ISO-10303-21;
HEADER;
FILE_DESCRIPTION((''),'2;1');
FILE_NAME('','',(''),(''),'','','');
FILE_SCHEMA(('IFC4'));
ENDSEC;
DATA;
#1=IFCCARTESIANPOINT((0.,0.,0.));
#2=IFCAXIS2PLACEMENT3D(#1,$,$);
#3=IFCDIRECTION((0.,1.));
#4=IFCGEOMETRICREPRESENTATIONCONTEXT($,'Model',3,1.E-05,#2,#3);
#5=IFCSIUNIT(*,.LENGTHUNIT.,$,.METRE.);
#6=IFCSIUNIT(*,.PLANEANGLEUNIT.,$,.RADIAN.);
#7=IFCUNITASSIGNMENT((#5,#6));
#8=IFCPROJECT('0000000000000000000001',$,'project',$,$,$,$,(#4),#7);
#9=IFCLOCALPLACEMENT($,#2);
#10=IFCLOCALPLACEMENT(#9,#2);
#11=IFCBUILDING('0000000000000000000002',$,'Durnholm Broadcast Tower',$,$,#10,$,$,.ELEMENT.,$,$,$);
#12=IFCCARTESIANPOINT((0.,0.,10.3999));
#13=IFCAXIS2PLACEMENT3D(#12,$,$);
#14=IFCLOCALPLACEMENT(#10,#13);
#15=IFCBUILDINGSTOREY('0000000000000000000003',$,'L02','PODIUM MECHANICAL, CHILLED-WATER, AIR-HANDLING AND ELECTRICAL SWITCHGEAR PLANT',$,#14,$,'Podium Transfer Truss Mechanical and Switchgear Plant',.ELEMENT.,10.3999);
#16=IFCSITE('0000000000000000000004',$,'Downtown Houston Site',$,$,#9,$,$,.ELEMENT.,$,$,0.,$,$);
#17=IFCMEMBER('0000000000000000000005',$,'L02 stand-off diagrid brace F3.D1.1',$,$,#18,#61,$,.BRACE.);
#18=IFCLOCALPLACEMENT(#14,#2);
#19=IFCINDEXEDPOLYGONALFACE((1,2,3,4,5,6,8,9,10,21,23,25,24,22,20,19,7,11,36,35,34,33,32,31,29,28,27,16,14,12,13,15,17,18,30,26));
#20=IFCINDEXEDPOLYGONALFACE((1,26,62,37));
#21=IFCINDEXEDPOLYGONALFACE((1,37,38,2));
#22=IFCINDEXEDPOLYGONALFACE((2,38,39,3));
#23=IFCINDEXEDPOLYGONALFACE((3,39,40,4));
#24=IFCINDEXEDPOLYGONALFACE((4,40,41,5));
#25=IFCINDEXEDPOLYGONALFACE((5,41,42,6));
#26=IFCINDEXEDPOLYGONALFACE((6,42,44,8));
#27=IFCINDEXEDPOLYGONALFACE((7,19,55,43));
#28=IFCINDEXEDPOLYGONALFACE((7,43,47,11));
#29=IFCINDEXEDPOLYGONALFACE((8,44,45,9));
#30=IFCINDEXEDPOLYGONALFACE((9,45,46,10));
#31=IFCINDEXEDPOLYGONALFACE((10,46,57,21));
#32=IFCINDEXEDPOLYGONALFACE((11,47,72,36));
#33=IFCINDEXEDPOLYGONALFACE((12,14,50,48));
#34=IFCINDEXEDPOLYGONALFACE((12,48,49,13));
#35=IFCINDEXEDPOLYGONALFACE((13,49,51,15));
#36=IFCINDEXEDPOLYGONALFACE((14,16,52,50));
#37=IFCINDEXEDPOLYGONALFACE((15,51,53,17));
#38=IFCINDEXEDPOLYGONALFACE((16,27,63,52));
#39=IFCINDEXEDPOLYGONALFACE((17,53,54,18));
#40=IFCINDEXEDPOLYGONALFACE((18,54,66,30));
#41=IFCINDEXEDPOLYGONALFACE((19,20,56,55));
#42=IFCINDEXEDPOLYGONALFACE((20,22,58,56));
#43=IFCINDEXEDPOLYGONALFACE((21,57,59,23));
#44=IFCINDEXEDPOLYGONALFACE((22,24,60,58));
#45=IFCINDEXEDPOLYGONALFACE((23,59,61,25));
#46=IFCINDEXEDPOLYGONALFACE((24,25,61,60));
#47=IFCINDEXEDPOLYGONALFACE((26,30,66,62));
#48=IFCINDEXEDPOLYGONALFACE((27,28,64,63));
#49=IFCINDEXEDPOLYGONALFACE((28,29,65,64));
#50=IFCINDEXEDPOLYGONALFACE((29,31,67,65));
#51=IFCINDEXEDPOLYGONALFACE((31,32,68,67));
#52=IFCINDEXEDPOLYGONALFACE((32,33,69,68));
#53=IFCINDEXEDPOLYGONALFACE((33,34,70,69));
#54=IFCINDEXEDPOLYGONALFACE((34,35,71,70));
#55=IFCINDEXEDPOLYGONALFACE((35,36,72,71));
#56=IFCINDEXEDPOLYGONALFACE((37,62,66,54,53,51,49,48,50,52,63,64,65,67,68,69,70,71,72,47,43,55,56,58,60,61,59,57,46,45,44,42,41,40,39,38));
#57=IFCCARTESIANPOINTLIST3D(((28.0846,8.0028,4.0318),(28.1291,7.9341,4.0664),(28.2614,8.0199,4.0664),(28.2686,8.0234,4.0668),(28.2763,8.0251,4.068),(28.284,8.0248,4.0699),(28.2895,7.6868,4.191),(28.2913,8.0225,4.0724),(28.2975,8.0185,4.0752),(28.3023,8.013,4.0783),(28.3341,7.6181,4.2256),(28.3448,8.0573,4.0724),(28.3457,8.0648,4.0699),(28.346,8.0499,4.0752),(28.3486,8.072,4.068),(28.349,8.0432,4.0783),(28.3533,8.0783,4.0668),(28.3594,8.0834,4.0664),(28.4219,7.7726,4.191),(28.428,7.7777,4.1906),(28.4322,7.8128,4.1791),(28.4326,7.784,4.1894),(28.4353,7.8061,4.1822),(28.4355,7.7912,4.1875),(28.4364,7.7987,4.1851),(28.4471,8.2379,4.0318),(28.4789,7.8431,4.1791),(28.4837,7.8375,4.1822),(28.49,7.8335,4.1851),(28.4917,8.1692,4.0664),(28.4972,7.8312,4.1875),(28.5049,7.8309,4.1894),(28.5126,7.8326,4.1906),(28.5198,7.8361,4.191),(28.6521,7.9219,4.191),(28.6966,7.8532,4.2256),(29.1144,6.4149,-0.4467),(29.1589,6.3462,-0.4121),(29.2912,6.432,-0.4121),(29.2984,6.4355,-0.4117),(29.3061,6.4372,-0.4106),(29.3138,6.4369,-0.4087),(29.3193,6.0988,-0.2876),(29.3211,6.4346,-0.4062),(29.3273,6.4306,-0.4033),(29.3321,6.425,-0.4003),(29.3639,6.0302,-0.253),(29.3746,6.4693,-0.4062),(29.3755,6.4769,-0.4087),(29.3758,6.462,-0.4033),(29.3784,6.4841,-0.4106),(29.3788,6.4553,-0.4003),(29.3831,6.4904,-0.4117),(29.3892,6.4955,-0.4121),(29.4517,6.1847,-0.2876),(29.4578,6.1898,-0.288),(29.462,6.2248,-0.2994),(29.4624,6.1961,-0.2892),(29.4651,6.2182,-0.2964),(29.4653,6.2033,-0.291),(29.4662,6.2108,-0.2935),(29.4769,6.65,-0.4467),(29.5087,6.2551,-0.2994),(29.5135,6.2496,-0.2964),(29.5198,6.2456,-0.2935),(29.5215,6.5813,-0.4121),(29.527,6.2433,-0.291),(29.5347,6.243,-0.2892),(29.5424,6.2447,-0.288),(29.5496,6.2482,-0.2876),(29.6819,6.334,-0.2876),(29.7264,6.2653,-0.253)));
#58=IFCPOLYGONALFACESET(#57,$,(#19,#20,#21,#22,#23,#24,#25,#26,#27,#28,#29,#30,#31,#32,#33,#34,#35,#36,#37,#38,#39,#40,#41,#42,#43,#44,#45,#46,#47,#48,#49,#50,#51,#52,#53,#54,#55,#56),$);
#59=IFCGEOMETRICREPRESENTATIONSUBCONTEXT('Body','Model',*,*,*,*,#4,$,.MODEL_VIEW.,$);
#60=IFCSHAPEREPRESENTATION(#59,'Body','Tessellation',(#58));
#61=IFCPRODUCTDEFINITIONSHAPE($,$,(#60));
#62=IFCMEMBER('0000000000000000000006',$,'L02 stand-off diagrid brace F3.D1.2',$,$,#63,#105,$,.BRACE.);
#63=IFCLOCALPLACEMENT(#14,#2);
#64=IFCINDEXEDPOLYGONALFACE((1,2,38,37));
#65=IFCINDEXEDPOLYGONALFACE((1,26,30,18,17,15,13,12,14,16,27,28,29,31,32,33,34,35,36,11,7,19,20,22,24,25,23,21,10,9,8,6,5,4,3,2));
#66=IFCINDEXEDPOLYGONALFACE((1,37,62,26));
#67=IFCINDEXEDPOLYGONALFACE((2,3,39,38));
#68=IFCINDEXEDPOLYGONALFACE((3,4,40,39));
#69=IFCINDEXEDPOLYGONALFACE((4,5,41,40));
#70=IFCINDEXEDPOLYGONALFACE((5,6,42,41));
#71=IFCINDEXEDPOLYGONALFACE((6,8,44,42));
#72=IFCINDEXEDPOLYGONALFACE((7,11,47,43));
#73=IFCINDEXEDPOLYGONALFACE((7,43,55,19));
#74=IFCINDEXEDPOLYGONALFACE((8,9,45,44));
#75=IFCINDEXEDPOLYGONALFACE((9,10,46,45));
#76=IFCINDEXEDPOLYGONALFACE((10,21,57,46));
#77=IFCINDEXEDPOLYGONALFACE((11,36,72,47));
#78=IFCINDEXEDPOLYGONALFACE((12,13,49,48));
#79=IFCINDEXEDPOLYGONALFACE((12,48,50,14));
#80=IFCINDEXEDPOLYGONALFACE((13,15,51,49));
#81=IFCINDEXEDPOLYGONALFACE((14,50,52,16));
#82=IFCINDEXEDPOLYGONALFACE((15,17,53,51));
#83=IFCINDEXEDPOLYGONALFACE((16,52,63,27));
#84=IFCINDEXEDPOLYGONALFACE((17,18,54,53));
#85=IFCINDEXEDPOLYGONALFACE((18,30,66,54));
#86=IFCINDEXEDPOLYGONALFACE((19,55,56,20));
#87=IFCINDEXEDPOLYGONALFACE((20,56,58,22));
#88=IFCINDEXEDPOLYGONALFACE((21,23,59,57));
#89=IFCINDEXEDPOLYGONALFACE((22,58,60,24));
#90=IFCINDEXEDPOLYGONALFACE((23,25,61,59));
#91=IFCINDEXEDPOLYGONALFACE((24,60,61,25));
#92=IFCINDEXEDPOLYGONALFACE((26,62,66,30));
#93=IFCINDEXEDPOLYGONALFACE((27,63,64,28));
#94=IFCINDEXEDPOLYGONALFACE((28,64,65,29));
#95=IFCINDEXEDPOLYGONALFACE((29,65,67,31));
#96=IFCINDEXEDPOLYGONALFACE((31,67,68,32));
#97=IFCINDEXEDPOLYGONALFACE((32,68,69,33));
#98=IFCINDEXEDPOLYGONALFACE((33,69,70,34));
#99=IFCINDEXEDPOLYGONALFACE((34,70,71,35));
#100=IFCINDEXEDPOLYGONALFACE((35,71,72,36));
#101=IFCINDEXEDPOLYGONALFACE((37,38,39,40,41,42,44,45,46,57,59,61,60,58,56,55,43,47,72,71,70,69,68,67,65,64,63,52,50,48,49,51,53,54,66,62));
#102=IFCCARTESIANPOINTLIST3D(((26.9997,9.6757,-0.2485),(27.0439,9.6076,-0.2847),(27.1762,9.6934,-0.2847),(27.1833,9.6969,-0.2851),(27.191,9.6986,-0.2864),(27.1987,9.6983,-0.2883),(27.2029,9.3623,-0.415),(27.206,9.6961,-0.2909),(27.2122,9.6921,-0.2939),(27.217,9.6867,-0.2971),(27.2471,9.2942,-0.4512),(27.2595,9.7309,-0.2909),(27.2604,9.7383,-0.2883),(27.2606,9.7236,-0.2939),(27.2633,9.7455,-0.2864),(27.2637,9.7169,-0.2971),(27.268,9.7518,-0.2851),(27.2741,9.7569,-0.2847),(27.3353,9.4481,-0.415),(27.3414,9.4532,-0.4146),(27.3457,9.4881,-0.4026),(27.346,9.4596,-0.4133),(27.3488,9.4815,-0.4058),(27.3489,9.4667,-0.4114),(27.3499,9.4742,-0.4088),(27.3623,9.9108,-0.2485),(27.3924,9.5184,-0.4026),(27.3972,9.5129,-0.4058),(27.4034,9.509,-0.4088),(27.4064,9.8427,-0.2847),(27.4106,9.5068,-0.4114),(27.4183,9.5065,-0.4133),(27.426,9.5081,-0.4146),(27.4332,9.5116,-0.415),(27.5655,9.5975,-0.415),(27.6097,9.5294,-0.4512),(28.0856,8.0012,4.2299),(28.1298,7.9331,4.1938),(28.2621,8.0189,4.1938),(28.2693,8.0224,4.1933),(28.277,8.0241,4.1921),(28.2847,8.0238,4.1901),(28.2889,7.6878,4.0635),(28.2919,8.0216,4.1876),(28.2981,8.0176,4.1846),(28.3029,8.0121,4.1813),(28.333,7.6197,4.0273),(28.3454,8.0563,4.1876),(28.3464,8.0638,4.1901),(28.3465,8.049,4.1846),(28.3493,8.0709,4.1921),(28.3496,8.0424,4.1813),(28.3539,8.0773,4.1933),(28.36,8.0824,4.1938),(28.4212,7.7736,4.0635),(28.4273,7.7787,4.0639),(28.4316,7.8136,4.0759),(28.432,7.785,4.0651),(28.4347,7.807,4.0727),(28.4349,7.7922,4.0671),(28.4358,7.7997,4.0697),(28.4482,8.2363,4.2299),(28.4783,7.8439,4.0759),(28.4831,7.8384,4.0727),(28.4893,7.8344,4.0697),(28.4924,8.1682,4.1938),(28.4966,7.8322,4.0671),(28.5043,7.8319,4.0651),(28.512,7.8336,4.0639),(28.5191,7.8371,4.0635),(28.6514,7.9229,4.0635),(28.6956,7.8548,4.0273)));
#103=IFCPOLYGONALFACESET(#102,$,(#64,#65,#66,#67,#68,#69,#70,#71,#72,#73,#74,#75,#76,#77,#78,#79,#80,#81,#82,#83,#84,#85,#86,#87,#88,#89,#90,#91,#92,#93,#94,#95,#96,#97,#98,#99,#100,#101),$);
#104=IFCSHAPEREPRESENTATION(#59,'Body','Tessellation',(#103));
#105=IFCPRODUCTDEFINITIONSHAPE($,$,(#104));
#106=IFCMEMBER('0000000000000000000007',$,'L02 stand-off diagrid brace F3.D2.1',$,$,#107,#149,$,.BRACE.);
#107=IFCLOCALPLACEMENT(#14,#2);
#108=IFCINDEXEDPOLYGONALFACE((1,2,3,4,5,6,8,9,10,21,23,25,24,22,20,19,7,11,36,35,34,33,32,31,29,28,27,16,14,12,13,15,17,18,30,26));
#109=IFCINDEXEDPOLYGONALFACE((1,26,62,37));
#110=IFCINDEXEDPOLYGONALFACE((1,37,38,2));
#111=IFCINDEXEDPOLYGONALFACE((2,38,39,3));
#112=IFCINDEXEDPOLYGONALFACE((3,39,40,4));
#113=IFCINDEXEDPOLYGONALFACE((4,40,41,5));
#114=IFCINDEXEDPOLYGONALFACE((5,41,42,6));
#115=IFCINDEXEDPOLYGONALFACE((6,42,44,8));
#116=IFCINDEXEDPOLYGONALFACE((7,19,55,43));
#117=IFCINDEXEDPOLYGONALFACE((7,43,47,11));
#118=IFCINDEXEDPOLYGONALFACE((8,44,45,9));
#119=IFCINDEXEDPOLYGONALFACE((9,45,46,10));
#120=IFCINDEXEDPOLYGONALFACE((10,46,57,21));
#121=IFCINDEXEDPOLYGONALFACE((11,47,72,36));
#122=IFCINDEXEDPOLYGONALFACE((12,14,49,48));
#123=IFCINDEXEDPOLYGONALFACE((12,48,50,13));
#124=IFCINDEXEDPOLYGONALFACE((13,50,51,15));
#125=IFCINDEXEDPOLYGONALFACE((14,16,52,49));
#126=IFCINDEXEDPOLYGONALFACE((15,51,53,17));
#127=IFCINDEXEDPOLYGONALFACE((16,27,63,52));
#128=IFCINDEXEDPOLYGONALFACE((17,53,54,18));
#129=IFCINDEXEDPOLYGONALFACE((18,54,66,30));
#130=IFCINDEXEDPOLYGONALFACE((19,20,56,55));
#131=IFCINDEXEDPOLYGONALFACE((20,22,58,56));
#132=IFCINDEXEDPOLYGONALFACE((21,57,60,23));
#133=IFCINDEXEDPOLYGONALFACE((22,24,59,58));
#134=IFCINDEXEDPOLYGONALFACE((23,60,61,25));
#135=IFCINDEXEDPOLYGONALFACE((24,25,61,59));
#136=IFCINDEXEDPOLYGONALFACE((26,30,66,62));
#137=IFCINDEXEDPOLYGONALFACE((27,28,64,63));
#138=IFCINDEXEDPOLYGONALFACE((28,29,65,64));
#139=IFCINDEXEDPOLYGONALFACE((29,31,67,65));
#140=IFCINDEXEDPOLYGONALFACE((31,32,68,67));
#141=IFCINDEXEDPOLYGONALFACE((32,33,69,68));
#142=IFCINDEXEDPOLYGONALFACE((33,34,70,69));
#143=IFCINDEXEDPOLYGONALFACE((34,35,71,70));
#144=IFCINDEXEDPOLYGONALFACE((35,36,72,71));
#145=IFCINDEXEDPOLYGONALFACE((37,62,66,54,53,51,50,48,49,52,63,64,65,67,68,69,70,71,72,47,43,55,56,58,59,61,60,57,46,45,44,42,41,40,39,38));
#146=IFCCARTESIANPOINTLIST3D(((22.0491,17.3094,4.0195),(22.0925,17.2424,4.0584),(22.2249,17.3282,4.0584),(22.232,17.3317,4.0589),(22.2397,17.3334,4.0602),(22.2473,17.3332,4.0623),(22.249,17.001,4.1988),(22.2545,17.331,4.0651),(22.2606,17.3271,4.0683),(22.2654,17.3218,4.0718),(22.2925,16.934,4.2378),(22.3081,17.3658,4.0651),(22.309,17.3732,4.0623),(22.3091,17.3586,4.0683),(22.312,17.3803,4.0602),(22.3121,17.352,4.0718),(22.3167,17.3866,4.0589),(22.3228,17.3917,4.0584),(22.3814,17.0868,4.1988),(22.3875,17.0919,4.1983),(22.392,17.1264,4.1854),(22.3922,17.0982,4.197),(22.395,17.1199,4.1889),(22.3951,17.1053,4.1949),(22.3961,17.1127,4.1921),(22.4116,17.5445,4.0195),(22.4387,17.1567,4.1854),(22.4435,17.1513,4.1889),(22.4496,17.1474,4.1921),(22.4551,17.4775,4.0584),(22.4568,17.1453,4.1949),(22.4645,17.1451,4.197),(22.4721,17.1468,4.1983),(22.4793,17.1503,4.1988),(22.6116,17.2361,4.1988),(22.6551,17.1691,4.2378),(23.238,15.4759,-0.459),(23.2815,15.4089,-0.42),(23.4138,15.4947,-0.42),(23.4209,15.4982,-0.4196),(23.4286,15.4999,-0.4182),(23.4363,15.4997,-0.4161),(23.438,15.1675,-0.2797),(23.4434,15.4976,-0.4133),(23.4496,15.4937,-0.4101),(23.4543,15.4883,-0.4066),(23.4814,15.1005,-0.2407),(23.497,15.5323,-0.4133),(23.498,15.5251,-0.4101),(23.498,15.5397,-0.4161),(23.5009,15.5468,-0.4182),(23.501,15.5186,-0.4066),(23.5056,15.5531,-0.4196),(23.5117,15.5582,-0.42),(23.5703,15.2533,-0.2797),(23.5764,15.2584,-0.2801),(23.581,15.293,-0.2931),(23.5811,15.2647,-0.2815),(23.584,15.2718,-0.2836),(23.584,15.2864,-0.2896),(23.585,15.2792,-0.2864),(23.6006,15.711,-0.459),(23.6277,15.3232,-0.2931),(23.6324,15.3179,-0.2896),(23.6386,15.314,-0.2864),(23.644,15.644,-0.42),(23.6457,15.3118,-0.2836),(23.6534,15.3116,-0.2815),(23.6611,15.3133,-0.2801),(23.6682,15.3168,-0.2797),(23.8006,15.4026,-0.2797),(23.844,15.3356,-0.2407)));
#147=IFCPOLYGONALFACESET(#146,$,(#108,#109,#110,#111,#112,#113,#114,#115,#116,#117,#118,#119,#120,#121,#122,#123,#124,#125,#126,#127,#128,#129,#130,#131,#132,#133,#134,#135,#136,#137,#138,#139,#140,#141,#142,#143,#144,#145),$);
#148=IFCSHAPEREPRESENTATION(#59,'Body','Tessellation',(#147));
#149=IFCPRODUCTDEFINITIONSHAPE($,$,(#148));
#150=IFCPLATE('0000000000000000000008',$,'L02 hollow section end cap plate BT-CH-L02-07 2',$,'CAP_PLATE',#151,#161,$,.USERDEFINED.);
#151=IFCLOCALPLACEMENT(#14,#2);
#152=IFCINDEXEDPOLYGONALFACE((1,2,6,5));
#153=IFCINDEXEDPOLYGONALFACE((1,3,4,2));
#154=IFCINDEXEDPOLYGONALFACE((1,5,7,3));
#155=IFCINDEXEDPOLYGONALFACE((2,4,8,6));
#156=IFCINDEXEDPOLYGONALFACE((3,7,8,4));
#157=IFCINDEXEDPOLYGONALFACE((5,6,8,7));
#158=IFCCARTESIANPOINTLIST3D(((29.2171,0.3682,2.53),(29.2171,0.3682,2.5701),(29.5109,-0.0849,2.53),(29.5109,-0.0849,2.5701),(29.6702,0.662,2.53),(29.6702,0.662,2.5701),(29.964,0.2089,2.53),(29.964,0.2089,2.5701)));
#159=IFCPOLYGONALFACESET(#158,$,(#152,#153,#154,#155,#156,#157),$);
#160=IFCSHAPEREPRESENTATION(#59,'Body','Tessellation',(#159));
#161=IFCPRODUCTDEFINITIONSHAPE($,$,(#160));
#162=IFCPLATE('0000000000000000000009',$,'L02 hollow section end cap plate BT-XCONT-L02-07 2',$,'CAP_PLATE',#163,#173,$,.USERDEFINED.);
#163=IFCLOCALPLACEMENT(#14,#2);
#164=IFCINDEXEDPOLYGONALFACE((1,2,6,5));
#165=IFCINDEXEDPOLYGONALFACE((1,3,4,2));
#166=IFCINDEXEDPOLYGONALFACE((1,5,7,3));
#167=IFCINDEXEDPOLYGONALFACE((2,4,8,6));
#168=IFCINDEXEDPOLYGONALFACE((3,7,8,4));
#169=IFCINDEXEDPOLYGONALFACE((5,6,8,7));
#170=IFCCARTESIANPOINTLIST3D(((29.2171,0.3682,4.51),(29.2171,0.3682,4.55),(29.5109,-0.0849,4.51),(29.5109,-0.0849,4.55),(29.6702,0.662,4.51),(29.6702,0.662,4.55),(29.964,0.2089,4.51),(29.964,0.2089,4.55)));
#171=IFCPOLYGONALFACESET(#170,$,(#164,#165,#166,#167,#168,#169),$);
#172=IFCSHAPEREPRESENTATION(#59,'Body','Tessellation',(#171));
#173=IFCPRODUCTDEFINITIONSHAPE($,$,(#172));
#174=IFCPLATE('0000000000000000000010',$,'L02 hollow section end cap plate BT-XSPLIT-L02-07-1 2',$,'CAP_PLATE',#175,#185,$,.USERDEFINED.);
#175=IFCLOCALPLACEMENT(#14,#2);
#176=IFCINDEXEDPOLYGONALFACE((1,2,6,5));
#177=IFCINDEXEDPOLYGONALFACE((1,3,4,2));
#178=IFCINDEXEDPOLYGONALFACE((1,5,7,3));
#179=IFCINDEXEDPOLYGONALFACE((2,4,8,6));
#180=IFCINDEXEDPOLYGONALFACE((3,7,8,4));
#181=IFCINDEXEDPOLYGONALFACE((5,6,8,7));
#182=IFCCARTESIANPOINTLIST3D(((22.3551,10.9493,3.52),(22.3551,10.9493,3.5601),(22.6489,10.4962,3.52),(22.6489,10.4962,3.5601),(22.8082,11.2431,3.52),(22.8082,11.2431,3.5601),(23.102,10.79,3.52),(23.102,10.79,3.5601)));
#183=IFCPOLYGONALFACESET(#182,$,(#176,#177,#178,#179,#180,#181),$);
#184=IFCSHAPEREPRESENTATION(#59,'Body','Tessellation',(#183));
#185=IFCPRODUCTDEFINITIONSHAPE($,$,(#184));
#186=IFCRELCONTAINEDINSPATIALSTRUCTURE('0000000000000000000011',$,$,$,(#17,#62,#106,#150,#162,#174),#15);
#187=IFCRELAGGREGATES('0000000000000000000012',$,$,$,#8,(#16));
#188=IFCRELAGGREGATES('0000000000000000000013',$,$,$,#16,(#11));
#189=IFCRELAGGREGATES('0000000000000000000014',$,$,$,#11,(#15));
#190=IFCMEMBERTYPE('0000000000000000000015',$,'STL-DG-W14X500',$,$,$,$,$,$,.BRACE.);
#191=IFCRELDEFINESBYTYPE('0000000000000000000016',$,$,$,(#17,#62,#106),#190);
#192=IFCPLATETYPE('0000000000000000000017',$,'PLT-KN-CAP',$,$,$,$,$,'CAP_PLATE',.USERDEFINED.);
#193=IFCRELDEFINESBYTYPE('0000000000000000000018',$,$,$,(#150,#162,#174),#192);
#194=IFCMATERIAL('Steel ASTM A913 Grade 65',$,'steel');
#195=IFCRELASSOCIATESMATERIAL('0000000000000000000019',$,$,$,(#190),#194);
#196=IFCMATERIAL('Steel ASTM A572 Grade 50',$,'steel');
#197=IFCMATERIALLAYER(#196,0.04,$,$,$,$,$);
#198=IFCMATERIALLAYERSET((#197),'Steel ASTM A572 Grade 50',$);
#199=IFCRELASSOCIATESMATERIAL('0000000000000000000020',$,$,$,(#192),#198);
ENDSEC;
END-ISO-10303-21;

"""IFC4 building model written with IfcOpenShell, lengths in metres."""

from ifc_helpers import new_model, si_unit, direction, frame, origin, origin_2d, place, context, subcontext, project, spatial, rectangle, i_section, extrude, source, transform, mapped, material, layer, layer_set, material_profile, profile_set, type_object, type_shapes, element, save


model = new_model("IFC4")

# Units and contexts
model_context = context("Model", 3, precision=1e-05, world=origin(), true_north=direction((0.0, 1.0)))
body_context = subcontext(model_context, "Body", "Model", "MODEL_VIEW")
ifc_project = project(units=[si_unit("LENGTHUNIT", "METRE"), si_unit("PLANEANGLEUNIT", "RADIAN")], contexts=[model_context])

# Site, building, storey
site_placement = place(None, origin())
site = spatial("IfcSite", under=ifc_project, at=site_placement, Name="Downtown Houston Site", CompositionType="ELEMENT", RefElevation=0.0)
building_placement = place(site_placement, origin())
building = spatial("IfcBuilding", under=site, at=building_placement, Name="Durnholm Broadcast Tower", CompositionType="ELEMENT")
storey_placement = place(building_placement, frame((0.0, 0.0, 10.3999)))
storey = spatial("IfcBuildingStorey", under=building, at=storey_placement, Name="L02", Description="PODIUM MECHANICAL, CHILLED-WATER, AIR-HANDLING AND ELECTRICAL SWITCHGEAR PLANT", LongName="Podium Transfer Truss Mechanical and Switchgear Plant", CompositionType="ELEMENT", Elevation=10.3999)

# Shared definitions
ifc_material_1 = material(Name="Steel ASTM A913 Grade 65", Category="steel")

# Members
ifc_material_profile_1 = material_profile(ifc_material_1, i_section(OverallWidth=0.4321, OverallDepth=0.4978, WebThickness=0.0557, FlangeThickness=0.0889, FilletRadius=0.0305, at=origin_2d()), Name="W14X500")
ifc_profile_set_1 = profile_set([ifc_material_profile_1], Name="Steel ASTM A913 Grade 65")
member_type_1 = type_object("IfcMemberType", Name="STL-DG-W14X500", PredefinedType="BRACE", material=ifc_profile_set_1)
shared_shape_1 = source(origin(), body_context, "Body", "SweptSolid", [
    extrude(i_section(OverallWidth=0.4321, OverallDepth=0.4978, WebThickness=0.0557, FlangeThickness=0.0889, FilletRadius=0.0305, at=origin_2d()), origin(), (0.0, 0.0, 1.0), 4.8621),
])
member_1_placement = place(storey_placement, frame((29.4204, 6.3401, -0.3499), z_axis=(-0.211803, 0.326593, 0.921128), x_axis=(-0.839009, -0.544117, 0.0)))
element("IfcMember", 1, at=member_1_placement, inside=storey, type_object=member_type_1, Name="L02 stand-off diagrid brace F3.D1.1", PredefinedType="BRACE", context=body_context, shape_type="MappedRepresentation", body=[
    mapped(shared_shape_1, transform((0.0, 0.0, 0.0), x_axis=(1.0, 0.0, 0.0), y_axis=(0.0, 1.0, 0.0), z_axis=(0.0, 0.0, 1.0), scale=1.0)),
])
shared_shape_2 = source(origin(), body_context, "Body", "SweptSolid", [
    extrude(i_section(OverallWidth=0.4321, OverallDepth=0.4978, WebThickness=0.0557, FlangeThickness=0.0889, FilletRadius=0.0305, at=origin_2d()), origin(), (0.0, 0.0, 1.0), 4.9031),
])
member_2_placement = place(storey_placement, frame((27.3047, 9.6025, -0.3499), z_axis=(0.221479, -0.34153, 0.913403), x_axis=(0.839022, 0.544098, 0.0)))
element("IfcMember", 2, at=member_2_placement, inside=storey, type_object=member_type_1, Name="L02 stand-off diagrid brace F3.D1.2", PredefinedType="BRACE", context=body_context, shape_type="MappedRepresentation", body=[
    mapped(shared_shape_2, transform((0.0, 0.0, 0.0), x_axis=(1.0, 0.0, 0.0), y_axis=(0.0, 1.0, 0.0), z_axis=(0.0, 0.0, 1.0), scale=1.0)),
])
shared_shape_3 = source(origin(), body_context, "Body", "SweptSolid", [
    extrude(i_section(OverallWidth=0.4321, OverallDepth=0.4978, WebThickness=0.0557, FlangeThickness=0.0889, FilletRadius=0.0305, at=origin_2d()), origin(), (0.0, 0.0, 1.0), 4.9832),
])
type_shapes(member_type_1, [shared_shape_1, shared_shape_2, shared_shape_3])
member_3_placement = place(storey_placement, frame((23.541, 15.4058, -0.3499), z_axis=(-0.238594, 0.367934, 0.89872), x_axis=(-0.83903, -0.544085, 0.0)))
element("IfcMember", 3, at=member_3_placement, inside=storey, type_object=member_type_1, Name="L02 stand-off diagrid brace F3.D2.1", PredefinedType="BRACE", context=body_context, shape_type="MappedRepresentation", body=[
    mapped(shared_shape_3, transform((0.0, 0.0, 0.0), x_axis=(1.0, 0.0, 0.0), y_axis=(0.0, 1.0, 0.0), z_axis=(0.0, 0.0, 1.0), scale=1.0)),
])

# Plates
ifc_material_2 = material(Name="Steel ASTM A572 Grade 50", Category="steel")
ifc_layer_1 = layer(ifc_material_2, 0.04)
ifc_layer_set_1 = layer_set([ifc_layer_1], Name="Steel ASTM A572 Grade 50")
plate_type_1 = type_object("IfcPlateType", Name="PLT-KN-CAP", ElementType="CAP_PLATE", PredefinedType="USERDEFINED", material=ifc_layer_set_1)
shared_shape_4 = source(origin(), body_context, "Body", "SweptSolid", [
    extrude(rectangle(XDim=0.54, YDim=0.54, at=origin_2d()), origin(), (0.0, 0.0, 1.0), 0.04),
])
type_shapes(plate_type_1, [shared_shape_4])
for number, where, z_axis, x_axis, name in (
    (4, (29.5906, 0.2886, 2.53), (0.0, 0.0, 1.0), (0.544053, -0.839051, 0.0), "L02 hollow section end cap plate BT-CH-L02-07 2"),
    (5, (29.5906, 0.2886, 4.51), (0.0, 0.0, 1.0), (0.544053, -0.839051, 0.0), "L02 hollow section end cap plate BT-XCONT-L02-07 2"),
    (6, (22.7285, 10.8696, 3.52), (0.0, 0.0, 1.0), (-0.544053, 0.839051, 0.0), "L02 hollow section end cap plate BT-XSPLIT-L02-07-1 2"),
):
    element("IfcPlate", number, at=place(storey_placement, frame(where, z_axis=z_axis, x_axis=x_axis)), inside=storey, type_object=plate_type_1, Name=name, ObjectType="CAP_PLATE", PredefinedType="USERDEFINED", context=body_context, shape_type="MappedRepresentation", body=[
        mapped(shared_shape_4, transform((0.0, 0.0, 0.0), x_axis=(1.0, 0.0, 0.0), y_axis=(0.0, 1.0, 0.0), z_axis=(0.0, 0.0, 1.0), scale=1.0)),
    ])

save(model, "model.ifc")
